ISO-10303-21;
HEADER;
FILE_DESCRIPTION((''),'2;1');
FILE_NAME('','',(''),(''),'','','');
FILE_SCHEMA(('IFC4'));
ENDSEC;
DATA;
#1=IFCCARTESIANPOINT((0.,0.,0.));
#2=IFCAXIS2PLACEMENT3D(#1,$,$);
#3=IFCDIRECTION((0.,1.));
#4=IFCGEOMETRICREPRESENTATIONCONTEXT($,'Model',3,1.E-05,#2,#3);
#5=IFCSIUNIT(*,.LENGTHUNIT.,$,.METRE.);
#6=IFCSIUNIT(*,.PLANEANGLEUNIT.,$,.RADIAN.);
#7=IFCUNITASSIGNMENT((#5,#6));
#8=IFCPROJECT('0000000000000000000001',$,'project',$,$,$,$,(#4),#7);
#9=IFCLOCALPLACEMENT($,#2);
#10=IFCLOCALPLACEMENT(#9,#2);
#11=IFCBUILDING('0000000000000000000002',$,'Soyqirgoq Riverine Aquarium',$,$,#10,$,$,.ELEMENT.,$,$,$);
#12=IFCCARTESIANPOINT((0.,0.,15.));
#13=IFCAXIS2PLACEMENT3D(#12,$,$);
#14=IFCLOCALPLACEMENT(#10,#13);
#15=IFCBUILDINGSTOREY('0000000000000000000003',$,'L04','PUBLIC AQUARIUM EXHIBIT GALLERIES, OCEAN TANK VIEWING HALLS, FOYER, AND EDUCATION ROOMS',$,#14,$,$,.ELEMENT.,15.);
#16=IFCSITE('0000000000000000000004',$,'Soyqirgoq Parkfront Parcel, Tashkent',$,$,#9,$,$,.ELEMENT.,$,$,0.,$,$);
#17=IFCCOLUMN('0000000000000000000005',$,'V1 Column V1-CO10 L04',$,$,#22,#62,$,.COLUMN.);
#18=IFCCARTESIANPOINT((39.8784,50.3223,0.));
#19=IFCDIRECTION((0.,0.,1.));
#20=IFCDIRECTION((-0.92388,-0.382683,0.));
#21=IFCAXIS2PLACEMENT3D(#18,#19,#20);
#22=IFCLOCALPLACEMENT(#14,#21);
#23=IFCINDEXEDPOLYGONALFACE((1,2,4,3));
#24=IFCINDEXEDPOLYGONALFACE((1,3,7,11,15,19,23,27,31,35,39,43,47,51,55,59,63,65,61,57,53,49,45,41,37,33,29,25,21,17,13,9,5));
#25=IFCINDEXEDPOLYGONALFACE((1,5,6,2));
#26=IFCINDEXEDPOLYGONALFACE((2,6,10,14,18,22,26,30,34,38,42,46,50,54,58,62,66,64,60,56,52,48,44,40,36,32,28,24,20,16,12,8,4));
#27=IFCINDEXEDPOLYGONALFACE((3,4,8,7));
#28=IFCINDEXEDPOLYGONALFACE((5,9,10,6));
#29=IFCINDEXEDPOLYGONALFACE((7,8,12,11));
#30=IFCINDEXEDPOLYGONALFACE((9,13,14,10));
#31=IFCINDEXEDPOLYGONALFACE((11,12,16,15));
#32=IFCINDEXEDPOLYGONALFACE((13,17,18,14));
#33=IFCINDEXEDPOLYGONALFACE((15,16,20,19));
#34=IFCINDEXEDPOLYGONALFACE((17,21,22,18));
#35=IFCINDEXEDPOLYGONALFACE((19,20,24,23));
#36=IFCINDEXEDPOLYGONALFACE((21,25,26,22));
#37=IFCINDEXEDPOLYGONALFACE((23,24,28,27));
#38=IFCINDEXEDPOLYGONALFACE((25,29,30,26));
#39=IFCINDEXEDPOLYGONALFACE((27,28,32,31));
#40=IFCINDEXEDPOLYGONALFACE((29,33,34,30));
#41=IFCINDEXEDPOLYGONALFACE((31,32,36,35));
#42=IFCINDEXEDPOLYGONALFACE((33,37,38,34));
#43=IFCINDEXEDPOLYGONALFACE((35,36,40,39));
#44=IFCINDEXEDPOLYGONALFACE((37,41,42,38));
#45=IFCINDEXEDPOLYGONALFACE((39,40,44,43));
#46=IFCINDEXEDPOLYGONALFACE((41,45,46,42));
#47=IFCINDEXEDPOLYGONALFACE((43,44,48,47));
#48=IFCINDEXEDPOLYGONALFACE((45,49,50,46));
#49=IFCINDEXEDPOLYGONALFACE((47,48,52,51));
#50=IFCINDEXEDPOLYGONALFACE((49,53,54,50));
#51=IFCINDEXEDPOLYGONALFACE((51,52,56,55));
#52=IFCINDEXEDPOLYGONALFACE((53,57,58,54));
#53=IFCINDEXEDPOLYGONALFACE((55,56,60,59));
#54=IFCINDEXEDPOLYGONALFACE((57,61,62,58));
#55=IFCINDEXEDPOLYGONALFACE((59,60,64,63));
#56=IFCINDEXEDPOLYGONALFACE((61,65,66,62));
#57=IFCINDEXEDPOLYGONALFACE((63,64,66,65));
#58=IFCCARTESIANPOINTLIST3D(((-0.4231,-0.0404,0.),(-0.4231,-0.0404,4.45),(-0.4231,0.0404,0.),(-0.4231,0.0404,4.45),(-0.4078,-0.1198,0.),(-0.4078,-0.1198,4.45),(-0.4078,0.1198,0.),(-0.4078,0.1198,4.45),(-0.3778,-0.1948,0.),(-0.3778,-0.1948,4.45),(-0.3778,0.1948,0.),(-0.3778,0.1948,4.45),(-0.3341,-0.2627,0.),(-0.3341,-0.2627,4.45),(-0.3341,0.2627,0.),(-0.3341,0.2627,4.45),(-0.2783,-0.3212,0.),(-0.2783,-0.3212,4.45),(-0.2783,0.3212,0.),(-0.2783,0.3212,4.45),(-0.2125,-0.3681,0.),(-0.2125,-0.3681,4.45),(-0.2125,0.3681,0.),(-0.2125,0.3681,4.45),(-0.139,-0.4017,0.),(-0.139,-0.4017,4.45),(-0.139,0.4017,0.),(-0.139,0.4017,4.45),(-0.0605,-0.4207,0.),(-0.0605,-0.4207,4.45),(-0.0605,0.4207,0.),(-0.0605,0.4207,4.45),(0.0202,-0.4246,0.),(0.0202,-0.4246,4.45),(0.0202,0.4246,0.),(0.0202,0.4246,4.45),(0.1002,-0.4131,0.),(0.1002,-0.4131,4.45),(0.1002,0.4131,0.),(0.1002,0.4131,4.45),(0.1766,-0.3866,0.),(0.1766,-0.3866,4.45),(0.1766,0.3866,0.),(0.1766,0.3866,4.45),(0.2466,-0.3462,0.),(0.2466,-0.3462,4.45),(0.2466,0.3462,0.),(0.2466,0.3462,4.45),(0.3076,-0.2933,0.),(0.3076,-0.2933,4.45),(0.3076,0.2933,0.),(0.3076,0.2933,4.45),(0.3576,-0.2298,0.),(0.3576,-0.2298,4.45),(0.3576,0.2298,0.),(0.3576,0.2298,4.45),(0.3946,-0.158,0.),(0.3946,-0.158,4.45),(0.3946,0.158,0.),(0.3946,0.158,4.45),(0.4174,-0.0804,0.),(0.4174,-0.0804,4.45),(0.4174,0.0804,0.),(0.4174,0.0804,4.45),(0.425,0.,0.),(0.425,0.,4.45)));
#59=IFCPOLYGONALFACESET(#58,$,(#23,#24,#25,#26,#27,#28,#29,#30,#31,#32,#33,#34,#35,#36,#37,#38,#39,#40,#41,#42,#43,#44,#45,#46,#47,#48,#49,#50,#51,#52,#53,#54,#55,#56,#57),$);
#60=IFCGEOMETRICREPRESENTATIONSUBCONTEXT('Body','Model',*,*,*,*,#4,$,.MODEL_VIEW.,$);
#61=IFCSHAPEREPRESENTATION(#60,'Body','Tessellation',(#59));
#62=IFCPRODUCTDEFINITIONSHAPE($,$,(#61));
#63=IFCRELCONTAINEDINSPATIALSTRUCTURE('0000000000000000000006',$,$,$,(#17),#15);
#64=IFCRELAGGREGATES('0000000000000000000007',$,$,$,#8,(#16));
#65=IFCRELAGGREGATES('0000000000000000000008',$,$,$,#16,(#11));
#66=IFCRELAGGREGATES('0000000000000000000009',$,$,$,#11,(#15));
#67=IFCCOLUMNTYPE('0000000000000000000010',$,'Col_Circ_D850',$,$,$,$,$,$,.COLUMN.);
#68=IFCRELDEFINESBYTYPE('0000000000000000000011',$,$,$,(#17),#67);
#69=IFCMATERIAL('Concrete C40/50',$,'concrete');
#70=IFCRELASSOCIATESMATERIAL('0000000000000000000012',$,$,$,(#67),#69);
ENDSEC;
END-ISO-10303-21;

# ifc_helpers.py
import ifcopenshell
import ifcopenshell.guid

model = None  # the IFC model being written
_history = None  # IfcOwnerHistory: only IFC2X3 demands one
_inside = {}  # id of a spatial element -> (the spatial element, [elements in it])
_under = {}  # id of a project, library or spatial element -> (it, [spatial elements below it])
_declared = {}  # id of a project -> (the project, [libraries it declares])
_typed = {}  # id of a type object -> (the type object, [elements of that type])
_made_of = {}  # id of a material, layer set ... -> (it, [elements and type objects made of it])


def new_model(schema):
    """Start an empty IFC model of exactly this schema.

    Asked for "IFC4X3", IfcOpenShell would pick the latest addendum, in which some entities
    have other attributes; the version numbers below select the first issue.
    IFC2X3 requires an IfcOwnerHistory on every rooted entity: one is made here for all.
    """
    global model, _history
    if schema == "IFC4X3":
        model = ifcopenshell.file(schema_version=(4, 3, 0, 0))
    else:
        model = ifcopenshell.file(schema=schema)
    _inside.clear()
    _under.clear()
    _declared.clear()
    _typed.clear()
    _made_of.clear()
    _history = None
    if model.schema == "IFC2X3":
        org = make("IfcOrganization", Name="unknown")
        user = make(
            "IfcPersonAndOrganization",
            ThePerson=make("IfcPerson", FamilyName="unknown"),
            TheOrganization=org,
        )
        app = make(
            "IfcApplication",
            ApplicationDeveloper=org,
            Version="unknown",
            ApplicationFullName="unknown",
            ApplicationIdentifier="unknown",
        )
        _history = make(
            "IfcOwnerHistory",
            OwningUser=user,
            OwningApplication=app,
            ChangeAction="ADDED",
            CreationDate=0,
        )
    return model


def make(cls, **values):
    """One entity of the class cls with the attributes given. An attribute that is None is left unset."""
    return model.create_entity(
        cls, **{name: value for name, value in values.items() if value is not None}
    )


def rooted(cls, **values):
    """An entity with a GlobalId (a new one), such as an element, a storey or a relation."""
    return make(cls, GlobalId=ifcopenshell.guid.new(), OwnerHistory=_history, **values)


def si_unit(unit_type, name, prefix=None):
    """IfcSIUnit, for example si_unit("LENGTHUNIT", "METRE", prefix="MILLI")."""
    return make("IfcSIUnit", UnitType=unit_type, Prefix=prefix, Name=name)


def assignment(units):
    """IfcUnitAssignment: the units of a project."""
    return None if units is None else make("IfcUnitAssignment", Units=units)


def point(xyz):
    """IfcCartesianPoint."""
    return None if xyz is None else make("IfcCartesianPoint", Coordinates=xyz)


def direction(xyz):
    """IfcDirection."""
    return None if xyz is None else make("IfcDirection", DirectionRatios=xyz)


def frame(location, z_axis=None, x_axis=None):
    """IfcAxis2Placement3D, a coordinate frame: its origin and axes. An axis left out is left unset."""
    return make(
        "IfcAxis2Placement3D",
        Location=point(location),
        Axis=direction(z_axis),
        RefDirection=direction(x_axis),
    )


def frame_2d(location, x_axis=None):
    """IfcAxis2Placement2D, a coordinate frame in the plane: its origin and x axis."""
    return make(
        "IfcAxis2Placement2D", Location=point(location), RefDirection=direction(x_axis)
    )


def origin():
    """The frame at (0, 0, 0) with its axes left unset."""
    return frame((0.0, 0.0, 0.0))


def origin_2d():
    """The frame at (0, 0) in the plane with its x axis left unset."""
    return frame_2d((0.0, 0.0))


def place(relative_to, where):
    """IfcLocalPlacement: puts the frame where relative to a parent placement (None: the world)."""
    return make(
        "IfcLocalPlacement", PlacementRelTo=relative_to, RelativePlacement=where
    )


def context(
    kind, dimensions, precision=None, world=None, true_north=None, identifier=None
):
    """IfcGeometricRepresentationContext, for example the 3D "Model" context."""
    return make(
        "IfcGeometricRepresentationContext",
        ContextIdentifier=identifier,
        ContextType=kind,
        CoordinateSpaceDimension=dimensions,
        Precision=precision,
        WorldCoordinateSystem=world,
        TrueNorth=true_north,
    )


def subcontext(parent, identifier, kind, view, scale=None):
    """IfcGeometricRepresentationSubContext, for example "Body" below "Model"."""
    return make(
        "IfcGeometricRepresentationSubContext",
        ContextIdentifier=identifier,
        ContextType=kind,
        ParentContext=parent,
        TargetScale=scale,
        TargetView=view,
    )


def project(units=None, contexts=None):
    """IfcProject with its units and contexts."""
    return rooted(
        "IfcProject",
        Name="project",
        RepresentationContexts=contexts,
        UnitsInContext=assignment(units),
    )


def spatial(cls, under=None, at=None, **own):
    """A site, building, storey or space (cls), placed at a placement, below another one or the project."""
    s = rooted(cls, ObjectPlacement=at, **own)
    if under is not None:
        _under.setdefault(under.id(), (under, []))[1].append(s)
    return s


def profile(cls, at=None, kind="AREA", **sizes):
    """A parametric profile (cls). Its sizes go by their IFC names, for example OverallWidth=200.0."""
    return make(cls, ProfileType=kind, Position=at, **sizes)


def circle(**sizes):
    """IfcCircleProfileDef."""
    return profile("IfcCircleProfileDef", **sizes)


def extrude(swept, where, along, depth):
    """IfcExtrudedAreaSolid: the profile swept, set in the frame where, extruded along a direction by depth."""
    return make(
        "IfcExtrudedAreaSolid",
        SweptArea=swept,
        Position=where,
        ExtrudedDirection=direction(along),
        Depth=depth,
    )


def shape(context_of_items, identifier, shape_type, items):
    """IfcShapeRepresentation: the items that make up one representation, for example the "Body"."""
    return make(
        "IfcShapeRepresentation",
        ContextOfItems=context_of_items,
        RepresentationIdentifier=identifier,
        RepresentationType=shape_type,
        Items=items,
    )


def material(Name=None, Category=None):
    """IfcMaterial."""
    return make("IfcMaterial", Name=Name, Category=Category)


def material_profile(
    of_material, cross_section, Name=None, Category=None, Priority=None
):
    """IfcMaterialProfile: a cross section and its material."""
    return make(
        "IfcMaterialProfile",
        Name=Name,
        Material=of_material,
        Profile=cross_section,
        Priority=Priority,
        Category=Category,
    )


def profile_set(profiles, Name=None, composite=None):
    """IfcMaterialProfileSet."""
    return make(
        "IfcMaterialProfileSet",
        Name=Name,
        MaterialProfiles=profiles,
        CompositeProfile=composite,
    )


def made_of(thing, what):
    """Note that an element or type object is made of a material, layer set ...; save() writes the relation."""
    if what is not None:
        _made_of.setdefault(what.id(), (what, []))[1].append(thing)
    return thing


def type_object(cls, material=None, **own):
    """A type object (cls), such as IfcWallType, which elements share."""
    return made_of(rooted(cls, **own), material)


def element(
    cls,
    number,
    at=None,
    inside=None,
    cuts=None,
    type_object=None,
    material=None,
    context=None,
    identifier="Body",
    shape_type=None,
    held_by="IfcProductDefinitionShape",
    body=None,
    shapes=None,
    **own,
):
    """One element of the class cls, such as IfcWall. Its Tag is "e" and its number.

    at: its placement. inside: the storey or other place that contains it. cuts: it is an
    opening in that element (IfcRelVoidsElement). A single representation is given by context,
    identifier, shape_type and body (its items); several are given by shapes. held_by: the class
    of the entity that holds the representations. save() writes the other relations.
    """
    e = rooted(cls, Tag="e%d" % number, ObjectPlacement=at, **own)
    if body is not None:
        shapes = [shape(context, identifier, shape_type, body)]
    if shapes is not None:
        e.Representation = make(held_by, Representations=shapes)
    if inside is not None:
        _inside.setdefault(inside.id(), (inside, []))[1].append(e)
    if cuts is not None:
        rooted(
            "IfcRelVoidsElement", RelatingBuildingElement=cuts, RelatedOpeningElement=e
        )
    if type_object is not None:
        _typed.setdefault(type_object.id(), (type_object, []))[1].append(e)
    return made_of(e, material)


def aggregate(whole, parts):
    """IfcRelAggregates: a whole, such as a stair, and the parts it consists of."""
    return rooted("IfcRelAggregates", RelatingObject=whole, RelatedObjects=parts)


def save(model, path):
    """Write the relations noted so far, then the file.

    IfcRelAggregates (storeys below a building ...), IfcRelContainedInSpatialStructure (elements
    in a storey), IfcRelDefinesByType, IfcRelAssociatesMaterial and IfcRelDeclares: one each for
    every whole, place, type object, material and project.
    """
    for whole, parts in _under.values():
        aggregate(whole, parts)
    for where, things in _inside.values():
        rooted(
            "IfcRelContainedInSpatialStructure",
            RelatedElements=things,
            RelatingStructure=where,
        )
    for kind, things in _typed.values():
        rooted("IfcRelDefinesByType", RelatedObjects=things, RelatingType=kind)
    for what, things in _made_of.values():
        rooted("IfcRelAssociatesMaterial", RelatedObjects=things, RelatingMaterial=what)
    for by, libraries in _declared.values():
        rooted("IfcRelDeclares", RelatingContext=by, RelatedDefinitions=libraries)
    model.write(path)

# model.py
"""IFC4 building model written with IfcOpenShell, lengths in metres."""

from ifc_helpers import new_model, si_unit, direction, frame, origin, origin_2d, place, context, subcontext, project, spatial, circle, extrude, material, material_profile, profile_set, type_object, element, save


model = new_model("IFC4")

# Units and contexts
model_context = context("Model", 3, precision=1e-05, world=origin(), true_north=direction((0.0, 1.0)))
body_context = subcontext(model_context, "Body", "Model", "MODEL_VIEW")
ifc_project = project(units=[si_unit("LENGTHUNIT", "METRE"), si_unit("PLANEANGLEUNIT", "RADIAN")], contexts=[model_context])

# Site, building, storey
site_placement = place(None, origin())
site = spatial("IfcSite", under=ifc_project, at=site_placement, Name="Soyqirgoq Parkfront Parcel, Tashkent", CompositionType="ELEMENT", RefElevation=0.0)
building_placement = place(site_placement, origin())
building = spatial("IfcBuilding", under=site, at=building_placement, Name="Soyqirgoq Riverine Aquarium", CompositionType="ELEMENT")
storey_placement = place(building_placement, frame((0.0, 0.0, 15.0)))
storey = spatial("IfcBuildingStorey", under=building, at=storey_placement, Name="L04", Description="PUBLIC AQUARIUM EXHIBIT GALLERIES, OCEAN TANK VIEWING HALLS, FOYER, AND EDUCATION ROOMS", CompositionType="ELEMENT", Elevation=15.0)

# Column
ifc_material_1 = material(Name="Concrete C40/50", Category="concrete")
ifc_material_profile_1 = material_profile(ifc_material_1, circle(Radius=0.425, at=origin_2d()), Name="RC-COL D850")
ifc_profile_set_1 = profile_set([ifc_material_profile_1], Name="Concrete C40/50")
column_type = type_object("IfcColumnType", Name="Col_Circ_D850", PredefinedType="COLUMN", material=ifc_profile_set_1)
column_placement = place(storey_placement, frame((39.8784, 50.3223, 0.0), z_axis=(0.0, 0.0, 1.0), x_axis=(-0.92388, -0.382683, 0.0)))
element("IfcColumn", 1, at=column_placement, inside=storey, type_object=column_type, Name="V1 Column V1-CO10 L04", PredefinedType="COLUMN", context=body_context, shape_type="SweptSolid", body=[
    extrude(circle(Radius=0.425, at=origin_2d()), origin(), (0.0, 0.0, 1.0), 4.45),
])

save(model, "model.ifc")
